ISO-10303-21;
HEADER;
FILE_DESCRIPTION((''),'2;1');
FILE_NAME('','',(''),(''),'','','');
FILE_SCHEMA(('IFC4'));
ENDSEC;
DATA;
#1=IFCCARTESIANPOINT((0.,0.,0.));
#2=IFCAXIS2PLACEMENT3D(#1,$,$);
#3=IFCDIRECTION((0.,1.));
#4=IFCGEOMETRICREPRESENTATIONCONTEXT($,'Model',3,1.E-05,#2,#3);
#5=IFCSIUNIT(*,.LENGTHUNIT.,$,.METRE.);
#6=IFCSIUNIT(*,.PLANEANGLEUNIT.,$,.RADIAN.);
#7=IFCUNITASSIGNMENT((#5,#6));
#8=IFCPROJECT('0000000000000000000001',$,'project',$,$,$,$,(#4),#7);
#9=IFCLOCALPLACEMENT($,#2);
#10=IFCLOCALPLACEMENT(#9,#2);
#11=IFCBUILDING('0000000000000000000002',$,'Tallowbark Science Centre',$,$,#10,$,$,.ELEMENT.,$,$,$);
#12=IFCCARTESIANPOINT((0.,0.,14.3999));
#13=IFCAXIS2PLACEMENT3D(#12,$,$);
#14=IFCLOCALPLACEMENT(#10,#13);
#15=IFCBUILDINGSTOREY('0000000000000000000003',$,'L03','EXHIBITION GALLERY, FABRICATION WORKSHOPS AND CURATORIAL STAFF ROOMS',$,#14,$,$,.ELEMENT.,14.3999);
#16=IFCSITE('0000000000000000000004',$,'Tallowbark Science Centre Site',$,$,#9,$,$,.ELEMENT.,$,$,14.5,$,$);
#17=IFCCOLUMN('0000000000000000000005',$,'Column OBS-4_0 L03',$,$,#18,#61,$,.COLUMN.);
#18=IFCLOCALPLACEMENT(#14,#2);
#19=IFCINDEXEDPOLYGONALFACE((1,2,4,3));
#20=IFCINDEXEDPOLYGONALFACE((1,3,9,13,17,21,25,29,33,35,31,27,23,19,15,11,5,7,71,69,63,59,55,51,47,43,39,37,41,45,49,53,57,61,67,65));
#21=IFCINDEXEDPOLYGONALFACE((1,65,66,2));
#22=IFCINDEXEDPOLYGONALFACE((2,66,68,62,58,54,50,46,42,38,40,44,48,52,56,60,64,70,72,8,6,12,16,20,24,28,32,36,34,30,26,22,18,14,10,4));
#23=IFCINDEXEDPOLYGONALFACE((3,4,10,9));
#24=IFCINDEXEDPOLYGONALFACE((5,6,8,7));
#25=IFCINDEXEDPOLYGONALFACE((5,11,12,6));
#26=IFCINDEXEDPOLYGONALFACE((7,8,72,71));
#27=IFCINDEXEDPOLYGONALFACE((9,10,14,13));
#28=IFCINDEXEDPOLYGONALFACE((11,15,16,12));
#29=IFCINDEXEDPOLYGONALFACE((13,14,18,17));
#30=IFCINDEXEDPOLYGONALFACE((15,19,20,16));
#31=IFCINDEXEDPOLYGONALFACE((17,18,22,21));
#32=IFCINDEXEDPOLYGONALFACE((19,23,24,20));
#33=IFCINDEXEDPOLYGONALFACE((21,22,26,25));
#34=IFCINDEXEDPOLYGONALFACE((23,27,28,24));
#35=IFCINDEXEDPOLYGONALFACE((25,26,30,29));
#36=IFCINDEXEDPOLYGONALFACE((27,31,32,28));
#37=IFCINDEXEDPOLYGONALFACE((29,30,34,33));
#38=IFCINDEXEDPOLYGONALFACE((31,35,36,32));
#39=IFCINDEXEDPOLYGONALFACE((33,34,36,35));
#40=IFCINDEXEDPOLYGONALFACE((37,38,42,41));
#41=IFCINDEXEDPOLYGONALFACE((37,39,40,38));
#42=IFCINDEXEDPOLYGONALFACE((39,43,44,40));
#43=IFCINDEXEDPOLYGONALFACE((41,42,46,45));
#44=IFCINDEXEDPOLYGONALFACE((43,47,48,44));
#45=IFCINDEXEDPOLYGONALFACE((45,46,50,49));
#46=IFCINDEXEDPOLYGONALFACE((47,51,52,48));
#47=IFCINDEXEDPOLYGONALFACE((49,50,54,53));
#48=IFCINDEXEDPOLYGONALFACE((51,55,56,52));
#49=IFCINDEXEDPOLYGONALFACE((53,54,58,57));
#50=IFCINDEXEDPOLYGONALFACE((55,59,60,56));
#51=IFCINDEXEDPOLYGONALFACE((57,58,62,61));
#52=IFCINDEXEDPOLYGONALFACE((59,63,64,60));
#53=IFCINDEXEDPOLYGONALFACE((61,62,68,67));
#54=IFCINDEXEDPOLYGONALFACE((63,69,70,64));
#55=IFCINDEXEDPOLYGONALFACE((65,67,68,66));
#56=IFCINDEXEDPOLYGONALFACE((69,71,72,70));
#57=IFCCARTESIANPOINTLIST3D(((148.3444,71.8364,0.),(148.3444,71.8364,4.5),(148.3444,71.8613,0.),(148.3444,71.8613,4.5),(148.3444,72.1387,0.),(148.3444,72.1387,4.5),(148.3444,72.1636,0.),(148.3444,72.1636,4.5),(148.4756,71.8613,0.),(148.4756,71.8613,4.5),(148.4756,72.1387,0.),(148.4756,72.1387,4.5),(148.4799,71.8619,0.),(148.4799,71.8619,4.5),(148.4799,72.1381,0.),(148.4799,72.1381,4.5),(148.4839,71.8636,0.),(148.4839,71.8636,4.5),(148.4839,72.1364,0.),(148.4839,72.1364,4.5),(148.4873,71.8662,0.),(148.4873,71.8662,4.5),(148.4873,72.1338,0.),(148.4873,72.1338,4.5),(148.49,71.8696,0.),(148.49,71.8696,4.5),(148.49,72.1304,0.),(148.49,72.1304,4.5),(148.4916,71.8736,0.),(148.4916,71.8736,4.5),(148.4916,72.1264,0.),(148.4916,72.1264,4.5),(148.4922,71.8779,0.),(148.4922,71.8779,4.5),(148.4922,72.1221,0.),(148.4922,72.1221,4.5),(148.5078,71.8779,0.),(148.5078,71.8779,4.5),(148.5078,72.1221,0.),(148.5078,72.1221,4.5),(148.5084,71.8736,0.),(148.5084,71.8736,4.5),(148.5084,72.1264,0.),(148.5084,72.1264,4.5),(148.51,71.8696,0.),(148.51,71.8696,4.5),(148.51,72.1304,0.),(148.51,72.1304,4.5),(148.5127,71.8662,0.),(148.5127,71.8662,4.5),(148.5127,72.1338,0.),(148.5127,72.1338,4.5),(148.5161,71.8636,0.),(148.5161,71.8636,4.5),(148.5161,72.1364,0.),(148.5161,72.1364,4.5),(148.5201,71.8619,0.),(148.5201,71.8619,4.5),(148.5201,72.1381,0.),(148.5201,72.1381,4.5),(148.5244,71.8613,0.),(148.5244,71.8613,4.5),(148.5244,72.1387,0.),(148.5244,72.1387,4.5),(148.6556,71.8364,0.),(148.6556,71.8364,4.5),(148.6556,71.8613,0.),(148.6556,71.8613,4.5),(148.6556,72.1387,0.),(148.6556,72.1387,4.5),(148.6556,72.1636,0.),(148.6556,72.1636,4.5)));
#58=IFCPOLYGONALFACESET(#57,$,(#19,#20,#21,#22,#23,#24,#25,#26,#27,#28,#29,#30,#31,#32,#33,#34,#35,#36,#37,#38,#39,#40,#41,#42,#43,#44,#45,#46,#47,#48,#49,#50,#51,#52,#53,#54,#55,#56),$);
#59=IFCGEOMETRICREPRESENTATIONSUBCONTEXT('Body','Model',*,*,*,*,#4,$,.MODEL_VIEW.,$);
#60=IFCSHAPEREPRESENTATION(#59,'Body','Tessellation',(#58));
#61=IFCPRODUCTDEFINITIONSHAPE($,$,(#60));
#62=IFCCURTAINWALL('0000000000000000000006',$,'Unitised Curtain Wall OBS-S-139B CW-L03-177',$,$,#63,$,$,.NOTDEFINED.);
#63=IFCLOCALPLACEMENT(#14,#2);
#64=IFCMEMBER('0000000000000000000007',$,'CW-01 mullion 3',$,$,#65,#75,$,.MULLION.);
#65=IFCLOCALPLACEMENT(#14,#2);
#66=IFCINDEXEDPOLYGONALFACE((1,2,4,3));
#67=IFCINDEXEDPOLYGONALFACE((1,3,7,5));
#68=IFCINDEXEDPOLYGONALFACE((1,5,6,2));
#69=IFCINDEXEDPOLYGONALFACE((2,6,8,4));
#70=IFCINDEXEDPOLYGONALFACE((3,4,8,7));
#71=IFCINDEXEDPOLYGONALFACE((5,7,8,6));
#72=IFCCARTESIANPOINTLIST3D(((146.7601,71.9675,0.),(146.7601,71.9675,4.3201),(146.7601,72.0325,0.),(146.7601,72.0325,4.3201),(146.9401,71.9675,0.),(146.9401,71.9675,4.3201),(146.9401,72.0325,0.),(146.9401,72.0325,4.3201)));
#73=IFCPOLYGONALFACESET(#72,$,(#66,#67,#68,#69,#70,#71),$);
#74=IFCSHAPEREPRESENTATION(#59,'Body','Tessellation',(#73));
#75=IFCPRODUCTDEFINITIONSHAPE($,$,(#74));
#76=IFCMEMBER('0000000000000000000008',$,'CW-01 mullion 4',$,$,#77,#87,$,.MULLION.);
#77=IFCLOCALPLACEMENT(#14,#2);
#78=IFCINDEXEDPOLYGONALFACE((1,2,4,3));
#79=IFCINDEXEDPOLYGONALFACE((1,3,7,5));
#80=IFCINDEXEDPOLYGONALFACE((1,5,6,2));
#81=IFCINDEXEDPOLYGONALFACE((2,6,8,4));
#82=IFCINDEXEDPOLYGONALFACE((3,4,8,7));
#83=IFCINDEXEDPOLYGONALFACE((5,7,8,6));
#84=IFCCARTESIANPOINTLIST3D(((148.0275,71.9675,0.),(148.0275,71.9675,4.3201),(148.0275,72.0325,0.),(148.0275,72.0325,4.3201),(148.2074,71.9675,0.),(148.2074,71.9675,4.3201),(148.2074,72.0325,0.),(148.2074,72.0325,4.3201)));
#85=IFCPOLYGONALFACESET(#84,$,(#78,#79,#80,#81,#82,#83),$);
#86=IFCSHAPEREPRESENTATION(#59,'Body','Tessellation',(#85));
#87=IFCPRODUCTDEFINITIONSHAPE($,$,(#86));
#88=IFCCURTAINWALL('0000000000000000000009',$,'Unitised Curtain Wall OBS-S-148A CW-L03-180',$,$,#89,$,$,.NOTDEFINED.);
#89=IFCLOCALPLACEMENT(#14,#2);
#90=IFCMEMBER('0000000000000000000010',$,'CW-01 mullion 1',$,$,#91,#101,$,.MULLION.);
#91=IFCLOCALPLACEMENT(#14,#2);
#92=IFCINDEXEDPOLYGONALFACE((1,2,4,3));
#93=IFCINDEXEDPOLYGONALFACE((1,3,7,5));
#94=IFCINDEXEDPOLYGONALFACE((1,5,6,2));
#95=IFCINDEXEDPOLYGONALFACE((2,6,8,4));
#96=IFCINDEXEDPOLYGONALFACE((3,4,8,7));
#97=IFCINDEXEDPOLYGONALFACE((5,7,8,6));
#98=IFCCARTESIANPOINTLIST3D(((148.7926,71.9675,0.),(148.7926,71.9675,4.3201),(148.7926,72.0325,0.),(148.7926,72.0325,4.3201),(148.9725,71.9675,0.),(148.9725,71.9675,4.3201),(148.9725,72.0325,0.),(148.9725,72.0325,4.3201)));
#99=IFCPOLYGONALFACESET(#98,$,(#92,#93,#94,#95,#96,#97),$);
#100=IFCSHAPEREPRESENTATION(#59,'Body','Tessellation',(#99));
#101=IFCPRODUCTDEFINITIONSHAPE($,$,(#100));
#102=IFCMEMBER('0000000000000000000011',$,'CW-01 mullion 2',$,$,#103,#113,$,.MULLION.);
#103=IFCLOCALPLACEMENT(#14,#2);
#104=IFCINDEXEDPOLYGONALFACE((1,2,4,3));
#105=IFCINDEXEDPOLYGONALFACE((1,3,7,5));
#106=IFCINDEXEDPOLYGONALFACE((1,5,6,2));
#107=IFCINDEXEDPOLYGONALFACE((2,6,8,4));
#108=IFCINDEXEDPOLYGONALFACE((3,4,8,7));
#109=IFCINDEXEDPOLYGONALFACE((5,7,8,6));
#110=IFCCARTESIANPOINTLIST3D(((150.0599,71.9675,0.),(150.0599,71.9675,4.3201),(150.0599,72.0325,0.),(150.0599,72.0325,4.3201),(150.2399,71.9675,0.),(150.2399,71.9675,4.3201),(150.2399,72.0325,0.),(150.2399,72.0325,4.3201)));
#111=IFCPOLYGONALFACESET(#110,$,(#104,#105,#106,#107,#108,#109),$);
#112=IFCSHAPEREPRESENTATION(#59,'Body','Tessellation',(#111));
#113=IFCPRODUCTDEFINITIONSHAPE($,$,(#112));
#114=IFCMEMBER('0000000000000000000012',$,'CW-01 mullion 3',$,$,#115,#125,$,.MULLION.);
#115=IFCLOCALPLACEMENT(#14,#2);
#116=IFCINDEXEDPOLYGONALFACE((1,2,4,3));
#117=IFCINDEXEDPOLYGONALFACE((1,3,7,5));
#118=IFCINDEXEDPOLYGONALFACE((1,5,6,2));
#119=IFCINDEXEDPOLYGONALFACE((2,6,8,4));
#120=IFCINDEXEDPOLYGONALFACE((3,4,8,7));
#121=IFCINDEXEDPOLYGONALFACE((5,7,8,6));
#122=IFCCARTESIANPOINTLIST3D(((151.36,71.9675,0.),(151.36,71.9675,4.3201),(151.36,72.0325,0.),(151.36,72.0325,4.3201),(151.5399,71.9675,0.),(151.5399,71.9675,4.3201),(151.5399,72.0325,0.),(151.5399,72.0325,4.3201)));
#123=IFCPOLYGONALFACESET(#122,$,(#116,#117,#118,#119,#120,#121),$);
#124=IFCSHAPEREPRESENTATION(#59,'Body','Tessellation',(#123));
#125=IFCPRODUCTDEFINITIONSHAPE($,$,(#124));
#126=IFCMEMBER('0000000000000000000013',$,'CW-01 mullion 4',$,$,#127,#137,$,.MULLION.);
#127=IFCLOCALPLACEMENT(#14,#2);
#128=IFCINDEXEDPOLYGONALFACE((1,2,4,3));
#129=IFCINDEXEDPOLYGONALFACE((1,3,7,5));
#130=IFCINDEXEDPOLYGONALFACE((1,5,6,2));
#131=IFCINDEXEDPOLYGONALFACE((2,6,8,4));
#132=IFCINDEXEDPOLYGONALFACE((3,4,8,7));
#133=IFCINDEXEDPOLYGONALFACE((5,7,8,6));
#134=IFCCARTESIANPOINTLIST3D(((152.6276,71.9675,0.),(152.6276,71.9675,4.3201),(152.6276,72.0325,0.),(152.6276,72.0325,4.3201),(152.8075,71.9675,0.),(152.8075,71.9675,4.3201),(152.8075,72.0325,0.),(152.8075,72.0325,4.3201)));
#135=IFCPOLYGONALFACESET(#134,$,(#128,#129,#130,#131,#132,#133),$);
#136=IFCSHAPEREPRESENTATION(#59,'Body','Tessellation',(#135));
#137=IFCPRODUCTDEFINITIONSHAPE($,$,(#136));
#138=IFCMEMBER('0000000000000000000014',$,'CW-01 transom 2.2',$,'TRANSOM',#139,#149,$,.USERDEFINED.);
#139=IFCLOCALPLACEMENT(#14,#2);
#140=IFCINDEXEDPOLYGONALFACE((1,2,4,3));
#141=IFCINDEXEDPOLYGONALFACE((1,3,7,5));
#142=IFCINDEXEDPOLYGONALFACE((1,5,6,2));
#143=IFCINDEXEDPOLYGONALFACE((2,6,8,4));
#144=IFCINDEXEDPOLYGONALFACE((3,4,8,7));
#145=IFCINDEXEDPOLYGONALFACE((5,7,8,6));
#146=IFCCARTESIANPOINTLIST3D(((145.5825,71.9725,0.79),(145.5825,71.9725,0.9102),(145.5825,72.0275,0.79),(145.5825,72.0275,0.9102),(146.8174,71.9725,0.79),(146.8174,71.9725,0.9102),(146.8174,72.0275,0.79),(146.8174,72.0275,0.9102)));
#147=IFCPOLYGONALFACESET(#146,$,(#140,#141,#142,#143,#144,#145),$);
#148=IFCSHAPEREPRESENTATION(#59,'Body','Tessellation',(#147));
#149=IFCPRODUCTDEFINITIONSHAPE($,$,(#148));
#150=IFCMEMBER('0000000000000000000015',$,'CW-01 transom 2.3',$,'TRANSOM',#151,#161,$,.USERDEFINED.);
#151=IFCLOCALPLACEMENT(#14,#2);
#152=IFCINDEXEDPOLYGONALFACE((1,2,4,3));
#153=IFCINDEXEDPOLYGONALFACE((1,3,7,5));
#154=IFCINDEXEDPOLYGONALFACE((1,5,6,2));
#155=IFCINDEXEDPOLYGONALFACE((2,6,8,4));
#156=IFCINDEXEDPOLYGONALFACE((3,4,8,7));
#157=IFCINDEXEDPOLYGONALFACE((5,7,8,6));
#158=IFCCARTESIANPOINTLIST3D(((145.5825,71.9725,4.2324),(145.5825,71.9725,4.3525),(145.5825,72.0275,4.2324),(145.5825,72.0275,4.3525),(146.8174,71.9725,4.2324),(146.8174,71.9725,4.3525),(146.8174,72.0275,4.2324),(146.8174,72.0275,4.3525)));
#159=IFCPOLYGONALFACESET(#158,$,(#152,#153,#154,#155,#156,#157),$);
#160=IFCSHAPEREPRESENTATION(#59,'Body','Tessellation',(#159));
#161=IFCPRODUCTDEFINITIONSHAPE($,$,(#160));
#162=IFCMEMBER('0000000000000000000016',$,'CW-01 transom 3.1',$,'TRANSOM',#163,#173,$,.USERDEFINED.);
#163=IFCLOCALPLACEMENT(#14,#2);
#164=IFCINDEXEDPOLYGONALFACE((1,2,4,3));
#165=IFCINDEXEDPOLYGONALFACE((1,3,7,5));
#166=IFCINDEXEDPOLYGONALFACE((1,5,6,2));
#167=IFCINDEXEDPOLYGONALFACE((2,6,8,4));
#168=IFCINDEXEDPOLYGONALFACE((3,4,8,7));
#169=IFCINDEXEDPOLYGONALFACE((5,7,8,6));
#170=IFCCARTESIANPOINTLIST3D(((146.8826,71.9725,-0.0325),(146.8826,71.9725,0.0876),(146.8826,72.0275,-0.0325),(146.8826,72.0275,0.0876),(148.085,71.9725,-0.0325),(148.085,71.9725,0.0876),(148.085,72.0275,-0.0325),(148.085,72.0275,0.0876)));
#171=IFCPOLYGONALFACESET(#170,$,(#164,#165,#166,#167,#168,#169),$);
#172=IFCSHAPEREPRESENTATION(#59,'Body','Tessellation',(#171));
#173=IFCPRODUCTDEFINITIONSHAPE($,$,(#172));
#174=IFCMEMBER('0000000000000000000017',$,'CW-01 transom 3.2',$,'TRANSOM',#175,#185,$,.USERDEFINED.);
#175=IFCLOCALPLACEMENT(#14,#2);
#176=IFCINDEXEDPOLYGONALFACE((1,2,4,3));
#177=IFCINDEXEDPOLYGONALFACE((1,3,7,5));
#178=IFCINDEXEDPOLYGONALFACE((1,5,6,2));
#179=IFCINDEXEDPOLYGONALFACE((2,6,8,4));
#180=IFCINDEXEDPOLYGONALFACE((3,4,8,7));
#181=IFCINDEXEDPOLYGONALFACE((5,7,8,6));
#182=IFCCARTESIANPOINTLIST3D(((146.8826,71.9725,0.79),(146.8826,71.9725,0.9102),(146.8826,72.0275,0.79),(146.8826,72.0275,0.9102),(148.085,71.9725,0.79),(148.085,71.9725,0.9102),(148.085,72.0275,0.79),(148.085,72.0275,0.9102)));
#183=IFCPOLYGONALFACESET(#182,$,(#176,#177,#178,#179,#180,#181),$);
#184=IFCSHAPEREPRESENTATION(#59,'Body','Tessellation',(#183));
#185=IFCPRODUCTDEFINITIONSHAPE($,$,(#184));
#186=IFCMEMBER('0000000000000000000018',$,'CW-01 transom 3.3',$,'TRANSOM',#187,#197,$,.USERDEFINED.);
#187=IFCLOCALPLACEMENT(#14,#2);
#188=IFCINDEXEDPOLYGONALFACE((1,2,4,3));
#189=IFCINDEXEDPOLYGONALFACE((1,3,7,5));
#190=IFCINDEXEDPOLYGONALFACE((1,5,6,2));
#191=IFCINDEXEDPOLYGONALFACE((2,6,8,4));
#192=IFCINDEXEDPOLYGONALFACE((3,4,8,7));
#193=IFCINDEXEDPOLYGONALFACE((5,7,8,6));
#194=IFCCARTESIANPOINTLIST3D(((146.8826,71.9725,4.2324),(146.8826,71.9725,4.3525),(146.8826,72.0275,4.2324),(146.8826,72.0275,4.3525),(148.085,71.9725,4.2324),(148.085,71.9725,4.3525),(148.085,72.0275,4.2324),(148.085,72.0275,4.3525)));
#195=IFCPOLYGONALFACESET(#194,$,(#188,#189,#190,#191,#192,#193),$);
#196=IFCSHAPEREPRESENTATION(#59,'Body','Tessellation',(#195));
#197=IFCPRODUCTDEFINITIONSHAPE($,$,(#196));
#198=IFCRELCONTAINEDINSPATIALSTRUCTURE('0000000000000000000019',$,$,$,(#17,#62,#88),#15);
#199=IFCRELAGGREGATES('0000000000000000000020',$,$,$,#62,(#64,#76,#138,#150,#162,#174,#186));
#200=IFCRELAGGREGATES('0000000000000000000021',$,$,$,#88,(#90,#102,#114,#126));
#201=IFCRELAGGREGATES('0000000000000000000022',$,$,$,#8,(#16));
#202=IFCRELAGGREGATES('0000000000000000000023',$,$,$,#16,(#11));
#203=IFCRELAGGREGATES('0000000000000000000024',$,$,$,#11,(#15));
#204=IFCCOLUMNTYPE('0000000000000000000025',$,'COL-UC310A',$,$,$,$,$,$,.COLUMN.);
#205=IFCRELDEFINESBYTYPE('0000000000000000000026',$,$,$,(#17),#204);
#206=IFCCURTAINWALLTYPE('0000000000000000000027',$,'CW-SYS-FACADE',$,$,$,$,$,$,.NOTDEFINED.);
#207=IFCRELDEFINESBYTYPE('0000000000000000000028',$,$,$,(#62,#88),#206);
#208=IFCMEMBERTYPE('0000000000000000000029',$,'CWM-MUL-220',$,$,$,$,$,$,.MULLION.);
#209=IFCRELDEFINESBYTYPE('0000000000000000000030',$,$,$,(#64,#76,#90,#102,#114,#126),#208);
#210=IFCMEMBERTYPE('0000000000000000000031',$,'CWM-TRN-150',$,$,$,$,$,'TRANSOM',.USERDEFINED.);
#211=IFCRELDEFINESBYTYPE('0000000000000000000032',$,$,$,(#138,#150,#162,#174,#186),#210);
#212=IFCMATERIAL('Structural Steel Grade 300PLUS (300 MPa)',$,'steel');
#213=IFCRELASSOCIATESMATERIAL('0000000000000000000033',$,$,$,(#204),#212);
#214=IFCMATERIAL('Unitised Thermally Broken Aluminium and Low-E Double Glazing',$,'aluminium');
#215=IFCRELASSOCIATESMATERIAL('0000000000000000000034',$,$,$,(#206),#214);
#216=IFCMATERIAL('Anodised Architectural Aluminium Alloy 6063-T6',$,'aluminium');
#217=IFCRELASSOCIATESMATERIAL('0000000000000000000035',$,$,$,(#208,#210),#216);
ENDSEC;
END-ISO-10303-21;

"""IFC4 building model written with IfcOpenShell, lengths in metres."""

from ifc_helpers import new_model, si_unit, direction, frame, origin, origin_2d, place, context, subcontext, project, spatial, rectangle, i_section, extrude, material, material_profile, profile_set, type_object, element, aggregate, save


model = new_model("IFC4")

# Units and contexts
model_context = context("Model", 3, precision=1e-05, world=origin(), true_north=direction((0.0, 1.0)))
body_context = subcontext(model_context, "Body", "Model", "MODEL_VIEW")
ifc_project = project(units=[si_unit("LENGTHUNIT", "METRE"), si_unit("PLANEANGLEUNIT", "RADIAN")], contexts=[model_context])

# Site, building, storey
site_placement = place(None, origin())
site = spatial("IfcSite", under=ifc_project, at=site_placement, Name="Tallowbark Science Centre Site", CompositionType="ELEMENT", RefElevation=14.5)
building_placement = place(site_placement, origin())
building = spatial("IfcBuilding", under=site, at=building_placement, Name="Tallowbark Science Centre", CompositionType="ELEMENT")
storey_placement = place(building_placement, frame((0.0, 0.0, 14.3999)))
storey = spatial("IfcBuildingStorey", under=building, at=storey_placement, Name="L03", Description="EXHIBITION GALLERY, FABRICATION WORKSHOPS AND CURATORIAL STAFF ROOMS", CompositionType="ELEMENT", Elevation=14.3999)

# Column
ifc_material_1 = material(Name="Structural Steel Grade 300PLUS (300 MPa)", Category="steel")
ifc_material_profile_1 = material_profile(ifc_material_1, i_section(OverallWidth=0.3113, OverallDepth=0.3271, WebThickness=0.0156, FlangeThickness=0.0249, FilletRadius=0.0166, at=origin_2d()), Name="310UC158")
ifc_profile_set_1 = profile_set([ifc_material_profile_1], Name="Structural Steel Grade 300PLUS (300 MPa)")
column_type = type_object("IfcColumnType", Name="COL-UC310A", PredefinedType="COLUMN", material=ifc_profile_set_1)
column_placement = place(storey_placement, frame((148.5, 72.0, 0.0), z_axis=(0.0, 0.0, 1.0), x_axis=(1.0, 0.0, 0.0)))
element("IfcColumn", 1, at=column_placement, inside=storey, type_object=column_type, Name="Column OBS-4_0 L03", PredefinedType="COLUMN", context=body_context, shape_type="SweptSolid", body=[
    extrude(i_section(OverallWidth=0.3113, OverallDepth=0.3271, WebThickness=0.0156, FlangeThickness=0.0249, FilletRadius=0.0166, at=origin_2d()), origin(), (0.0, 0.0, 1.0), 4.5),
])

# Curtain walls, members
ifc_material_2 = material(Name="Unitised Thermally Broken Aluminium and Low-E Double Glazing", Category="aluminium")
curtain_wall_type = type_object("IfcCurtainWallType", Name="CW-SYS-FACADE", PredefinedType="NOTDEFINED", material=ifc_material_2)
curtain_wall_1_placement = place(storey_placement, origin())
curtain_wall_1 = element("IfcCurtainWall", 2, at=curtain_wall_1_placement, inside=storey, type_object=curtain_wall_type, Name="Unitised Curtain Wall OBS-S-139B CW-L03-177", PredefinedType="NOTDEFINED")
ifc_material_3 = material(Name="Anodised Architectural Aluminium Alloy 6063-T6", Category="aluminium")
ifc_material_profile_2 = material_profile(ifc_material_3, rectangle(XDim=0.0649, YDim=0.1799, at=origin_2d()), Name="ALU65x180")
ifc_profile_set_2 = profile_set([ifc_material_profile_2], Name="Anodised Architectural Aluminium Alloy 6063-T6")
member_type_1 = type_object("IfcMemberType", Name="CWM-MUL-220", PredefinedType="MULLION", material=ifc_profile_set_2)
member_1_placement = place(storey_placement, frame((146.8501, 72.0, 0.0), z_axis=(0.0, 0.0, 1.0), x_axis=(0.0, 1.0, 0.0)))
member_1 = element("IfcMember", 3, at=member_1_placement, type_object=member_type_1, Name="CW-01 mullion 3", PredefinedType="MULLION", context=body_context, shape_type="SweptSolid", body=[
    extrude(rectangle(XDim=0.0649, YDim=0.1799, at=origin_2d()), origin(), (0.0, 0.0, 1.0), 4.3201),
])
member_2_placement = place(storey_placement, frame((148.1174, 72.0, 0.0), z_axis=(0.0, 0.0, 1.0), x_axis=(0.0, 1.0, 0.0)))
member_2 = element("IfcMember", 4, at=member_2_placement, type_object=member_type_1, Name="CW-01 mullion 4", PredefinedType="MULLION", context=body_context, shape_type="SweptSolid", body=[
    extrude(rectangle(XDim=0.0649, YDim=0.1799, at=origin_2d()), origin(), (0.0, 0.0, 1.0), 4.3201),
])
curtain_wall_2_placement = place(storey_placement, origin())
curtain_wall_2 = element("IfcCurtainWall", 5, at=curtain_wall_2_placement, inside=storey, type_object=curtain_wall_type, Name="Unitised Curtain Wall OBS-S-148A CW-L03-180", PredefinedType="NOTDEFINED")
member_3_placement = place(storey_placement, frame((148.8826, 72.0, 0.0), z_axis=(0.0, 0.0, 1.0), x_axis=(0.0, 1.0, 0.0)))
member_3 = element("IfcMember", 6, at=member_3_placement, type_object=member_type_1, Name="CW-01 mullion 1", PredefinedType="MULLION", context=body_context, shape_type="SweptSolid", body=[
    extrude(rectangle(XDim=0.0649, YDim=0.1799, at=origin_2d()), origin(), (0.0, 0.0, 1.0), 4.3201),
])
member_4_placement = place(storey_placement, frame((150.1499, 72.0, 0.0), z_axis=(0.0, 0.0, 1.0), x_axis=(0.0, 1.0, 0.0)))
member_4 = element("IfcMember", 7, at=member_4_placement, type_object=member_type_1, Name="CW-01 mullion 2", PredefinedType="MULLION", context=body_context, shape_type="SweptSolid", body=[
    extrude(rectangle(XDim=0.0649, YDim=0.1799, at=origin_2d()), origin(), (0.0, 0.0, 1.0), 4.3201),
])
member_5_placement = place(storey_placement, frame((151.45, 72.0, 0.0), z_axis=(0.0, 0.0, 1.0), x_axis=(0.0, 1.0, 0.0)))
member_5 = element("IfcMember", 8, at=member_5_placement, type_object=member_type_1, Name="CW-01 mullion 3", PredefinedType="MULLION", context=body_context, shape_type="SweptSolid", body=[
    extrude(rectangle(XDim=0.0649, YDim=0.1799, at=origin_2d()), origin(), (0.0, 0.0, 1.0), 4.3201),
])
member_6_placement = place(storey_placement, frame((152.7175, 72.0, 0.0), z_axis=(0.0, 0.0, 1.0), x_axis=(0.0, 1.0, 0.0)))
member_6 = element("IfcMember", 9, at=member_6_placement, type_object=member_type_1, Name="CW-01 mullion 4", PredefinedType="MULLION", context=body_context, shape_type="SweptSolid", body=[
    extrude(rectangle(XDim=0.0649, YDim=0.1799, at=origin_2d()), origin(), (0.0, 0.0, 1.0), 4.3201),
])

# Members
ifc_material_profile_3 = material_profile(ifc_material_3, rectangle(XDim=0.0549, YDim=0.1201, at=origin_2d()), Name="ALU55x120")
ifc_profile_set_3 = profile_set([ifc_material_profile_3], Name="Anodised Architectural Aluminium Alloy 6063-T6")
member_type_2 = type_object("IfcMemberType", Name="CWM-TRN-150", ElementType="TRANSOM", PredefinedType="USERDEFINED", material=ifc_profile_set_3)
member_7_placement = place(storey_placement, frame((145.5825, 72.0, 0.8501), z_axis=(1.0, 0.0, 0.0), x_axis=(0.0, 1.0, 0.0)))
member_7 = element("IfcMember", 10, at=member_7_placement, type_object=member_type_2, Name="CW-01 transom 2.2", ObjectType="TRANSOM", PredefinedType="USERDEFINED", context=body_context, shape_type="SweptSolid", body=[
    extrude(rectangle(XDim=0.0549, YDim=0.1201, at=origin_2d()), origin(), (0.0, 0.0, 1.0), 1.2349),
])
member_8_placement = place(storey_placement, frame((145.5825, 72.0, 4.2925), z_axis=(1.0, 0.0, 0.0), x_axis=(0.0, 1.0, 0.0)))
member_8 = element("IfcMember", 11, at=member_8_placement, type_object=member_type_2, Name="CW-01 transom 2.3", ObjectType="TRANSOM", PredefinedType="USERDEFINED", context=body_context, shape_type="SweptSolid", body=[
    extrude(rectangle(XDim=0.0549, YDim=0.1201, at=origin_2d()), origin(), (0.0, 0.0, 1.0), 1.2349),
])
member_9_placement = place(storey_placement, frame((146.8826, 72.0, 0.0276), z_axis=(1.0, 0.0, 0.0), x_axis=(0.0, 1.0, 0.0)))
member_9 = element("IfcMember", 12, at=member_9_placement, type_object=member_type_2, Name="CW-01 transom 3.1", ObjectType="TRANSOM", PredefinedType="USERDEFINED", context=body_context, shape_type="SweptSolid", body=[
    extrude(rectangle(XDim=0.0549, YDim=0.1201, at=origin_2d()), origin(), (0.0, 0.0, 1.0), 1.2024),
])
member_10_placement = place(storey_placement, frame((146.8826, 72.0, 0.8501), z_axis=(1.0, 0.0, 0.0), x_axis=(0.0, 1.0, 0.0)))
member_10 = element("IfcMember", 13, at=member_10_placement, type_object=member_type_2, Name="CW-01 transom 3.2", ObjectType="TRANSOM", PredefinedType="USERDEFINED", context=body_context, shape_type="SweptSolid", body=[
    extrude(rectangle(XDim=0.0549, YDim=0.1201, at=origin_2d()), origin(), (0.0, 0.0, 1.0), 1.2024),
])
member_11_placement = place(storey_placement, frame((146.8826, 72.0, 4.2925), z_axis=(1.0, 0.0, 0.0), x_axis=(0.0, 1.0, 0.0)))
member_11 = element("IfcMember", 14, at=member_11_placement, type_object=member_type_2, Name="CW-01 transom 3.3", ObjectType="TRANSOM", PredefinedType="USERDEFINED", context=body_context, shape_type="SweptSolid", body=[
    extrude(rectangle(XDim=0.0549, YDim=0.1201, at=origin_2d()), origin(), (0.0, 0.0, 1.0), 1.2024),
])

aggregate(curtain_wall_1, [member_1, member_2, member_7, member_8, member_9, member_10, member_11])
aggregate(curtain_wall_2, [member_3, member_4, member_5, member_6])

save(model, "model.ifc")
